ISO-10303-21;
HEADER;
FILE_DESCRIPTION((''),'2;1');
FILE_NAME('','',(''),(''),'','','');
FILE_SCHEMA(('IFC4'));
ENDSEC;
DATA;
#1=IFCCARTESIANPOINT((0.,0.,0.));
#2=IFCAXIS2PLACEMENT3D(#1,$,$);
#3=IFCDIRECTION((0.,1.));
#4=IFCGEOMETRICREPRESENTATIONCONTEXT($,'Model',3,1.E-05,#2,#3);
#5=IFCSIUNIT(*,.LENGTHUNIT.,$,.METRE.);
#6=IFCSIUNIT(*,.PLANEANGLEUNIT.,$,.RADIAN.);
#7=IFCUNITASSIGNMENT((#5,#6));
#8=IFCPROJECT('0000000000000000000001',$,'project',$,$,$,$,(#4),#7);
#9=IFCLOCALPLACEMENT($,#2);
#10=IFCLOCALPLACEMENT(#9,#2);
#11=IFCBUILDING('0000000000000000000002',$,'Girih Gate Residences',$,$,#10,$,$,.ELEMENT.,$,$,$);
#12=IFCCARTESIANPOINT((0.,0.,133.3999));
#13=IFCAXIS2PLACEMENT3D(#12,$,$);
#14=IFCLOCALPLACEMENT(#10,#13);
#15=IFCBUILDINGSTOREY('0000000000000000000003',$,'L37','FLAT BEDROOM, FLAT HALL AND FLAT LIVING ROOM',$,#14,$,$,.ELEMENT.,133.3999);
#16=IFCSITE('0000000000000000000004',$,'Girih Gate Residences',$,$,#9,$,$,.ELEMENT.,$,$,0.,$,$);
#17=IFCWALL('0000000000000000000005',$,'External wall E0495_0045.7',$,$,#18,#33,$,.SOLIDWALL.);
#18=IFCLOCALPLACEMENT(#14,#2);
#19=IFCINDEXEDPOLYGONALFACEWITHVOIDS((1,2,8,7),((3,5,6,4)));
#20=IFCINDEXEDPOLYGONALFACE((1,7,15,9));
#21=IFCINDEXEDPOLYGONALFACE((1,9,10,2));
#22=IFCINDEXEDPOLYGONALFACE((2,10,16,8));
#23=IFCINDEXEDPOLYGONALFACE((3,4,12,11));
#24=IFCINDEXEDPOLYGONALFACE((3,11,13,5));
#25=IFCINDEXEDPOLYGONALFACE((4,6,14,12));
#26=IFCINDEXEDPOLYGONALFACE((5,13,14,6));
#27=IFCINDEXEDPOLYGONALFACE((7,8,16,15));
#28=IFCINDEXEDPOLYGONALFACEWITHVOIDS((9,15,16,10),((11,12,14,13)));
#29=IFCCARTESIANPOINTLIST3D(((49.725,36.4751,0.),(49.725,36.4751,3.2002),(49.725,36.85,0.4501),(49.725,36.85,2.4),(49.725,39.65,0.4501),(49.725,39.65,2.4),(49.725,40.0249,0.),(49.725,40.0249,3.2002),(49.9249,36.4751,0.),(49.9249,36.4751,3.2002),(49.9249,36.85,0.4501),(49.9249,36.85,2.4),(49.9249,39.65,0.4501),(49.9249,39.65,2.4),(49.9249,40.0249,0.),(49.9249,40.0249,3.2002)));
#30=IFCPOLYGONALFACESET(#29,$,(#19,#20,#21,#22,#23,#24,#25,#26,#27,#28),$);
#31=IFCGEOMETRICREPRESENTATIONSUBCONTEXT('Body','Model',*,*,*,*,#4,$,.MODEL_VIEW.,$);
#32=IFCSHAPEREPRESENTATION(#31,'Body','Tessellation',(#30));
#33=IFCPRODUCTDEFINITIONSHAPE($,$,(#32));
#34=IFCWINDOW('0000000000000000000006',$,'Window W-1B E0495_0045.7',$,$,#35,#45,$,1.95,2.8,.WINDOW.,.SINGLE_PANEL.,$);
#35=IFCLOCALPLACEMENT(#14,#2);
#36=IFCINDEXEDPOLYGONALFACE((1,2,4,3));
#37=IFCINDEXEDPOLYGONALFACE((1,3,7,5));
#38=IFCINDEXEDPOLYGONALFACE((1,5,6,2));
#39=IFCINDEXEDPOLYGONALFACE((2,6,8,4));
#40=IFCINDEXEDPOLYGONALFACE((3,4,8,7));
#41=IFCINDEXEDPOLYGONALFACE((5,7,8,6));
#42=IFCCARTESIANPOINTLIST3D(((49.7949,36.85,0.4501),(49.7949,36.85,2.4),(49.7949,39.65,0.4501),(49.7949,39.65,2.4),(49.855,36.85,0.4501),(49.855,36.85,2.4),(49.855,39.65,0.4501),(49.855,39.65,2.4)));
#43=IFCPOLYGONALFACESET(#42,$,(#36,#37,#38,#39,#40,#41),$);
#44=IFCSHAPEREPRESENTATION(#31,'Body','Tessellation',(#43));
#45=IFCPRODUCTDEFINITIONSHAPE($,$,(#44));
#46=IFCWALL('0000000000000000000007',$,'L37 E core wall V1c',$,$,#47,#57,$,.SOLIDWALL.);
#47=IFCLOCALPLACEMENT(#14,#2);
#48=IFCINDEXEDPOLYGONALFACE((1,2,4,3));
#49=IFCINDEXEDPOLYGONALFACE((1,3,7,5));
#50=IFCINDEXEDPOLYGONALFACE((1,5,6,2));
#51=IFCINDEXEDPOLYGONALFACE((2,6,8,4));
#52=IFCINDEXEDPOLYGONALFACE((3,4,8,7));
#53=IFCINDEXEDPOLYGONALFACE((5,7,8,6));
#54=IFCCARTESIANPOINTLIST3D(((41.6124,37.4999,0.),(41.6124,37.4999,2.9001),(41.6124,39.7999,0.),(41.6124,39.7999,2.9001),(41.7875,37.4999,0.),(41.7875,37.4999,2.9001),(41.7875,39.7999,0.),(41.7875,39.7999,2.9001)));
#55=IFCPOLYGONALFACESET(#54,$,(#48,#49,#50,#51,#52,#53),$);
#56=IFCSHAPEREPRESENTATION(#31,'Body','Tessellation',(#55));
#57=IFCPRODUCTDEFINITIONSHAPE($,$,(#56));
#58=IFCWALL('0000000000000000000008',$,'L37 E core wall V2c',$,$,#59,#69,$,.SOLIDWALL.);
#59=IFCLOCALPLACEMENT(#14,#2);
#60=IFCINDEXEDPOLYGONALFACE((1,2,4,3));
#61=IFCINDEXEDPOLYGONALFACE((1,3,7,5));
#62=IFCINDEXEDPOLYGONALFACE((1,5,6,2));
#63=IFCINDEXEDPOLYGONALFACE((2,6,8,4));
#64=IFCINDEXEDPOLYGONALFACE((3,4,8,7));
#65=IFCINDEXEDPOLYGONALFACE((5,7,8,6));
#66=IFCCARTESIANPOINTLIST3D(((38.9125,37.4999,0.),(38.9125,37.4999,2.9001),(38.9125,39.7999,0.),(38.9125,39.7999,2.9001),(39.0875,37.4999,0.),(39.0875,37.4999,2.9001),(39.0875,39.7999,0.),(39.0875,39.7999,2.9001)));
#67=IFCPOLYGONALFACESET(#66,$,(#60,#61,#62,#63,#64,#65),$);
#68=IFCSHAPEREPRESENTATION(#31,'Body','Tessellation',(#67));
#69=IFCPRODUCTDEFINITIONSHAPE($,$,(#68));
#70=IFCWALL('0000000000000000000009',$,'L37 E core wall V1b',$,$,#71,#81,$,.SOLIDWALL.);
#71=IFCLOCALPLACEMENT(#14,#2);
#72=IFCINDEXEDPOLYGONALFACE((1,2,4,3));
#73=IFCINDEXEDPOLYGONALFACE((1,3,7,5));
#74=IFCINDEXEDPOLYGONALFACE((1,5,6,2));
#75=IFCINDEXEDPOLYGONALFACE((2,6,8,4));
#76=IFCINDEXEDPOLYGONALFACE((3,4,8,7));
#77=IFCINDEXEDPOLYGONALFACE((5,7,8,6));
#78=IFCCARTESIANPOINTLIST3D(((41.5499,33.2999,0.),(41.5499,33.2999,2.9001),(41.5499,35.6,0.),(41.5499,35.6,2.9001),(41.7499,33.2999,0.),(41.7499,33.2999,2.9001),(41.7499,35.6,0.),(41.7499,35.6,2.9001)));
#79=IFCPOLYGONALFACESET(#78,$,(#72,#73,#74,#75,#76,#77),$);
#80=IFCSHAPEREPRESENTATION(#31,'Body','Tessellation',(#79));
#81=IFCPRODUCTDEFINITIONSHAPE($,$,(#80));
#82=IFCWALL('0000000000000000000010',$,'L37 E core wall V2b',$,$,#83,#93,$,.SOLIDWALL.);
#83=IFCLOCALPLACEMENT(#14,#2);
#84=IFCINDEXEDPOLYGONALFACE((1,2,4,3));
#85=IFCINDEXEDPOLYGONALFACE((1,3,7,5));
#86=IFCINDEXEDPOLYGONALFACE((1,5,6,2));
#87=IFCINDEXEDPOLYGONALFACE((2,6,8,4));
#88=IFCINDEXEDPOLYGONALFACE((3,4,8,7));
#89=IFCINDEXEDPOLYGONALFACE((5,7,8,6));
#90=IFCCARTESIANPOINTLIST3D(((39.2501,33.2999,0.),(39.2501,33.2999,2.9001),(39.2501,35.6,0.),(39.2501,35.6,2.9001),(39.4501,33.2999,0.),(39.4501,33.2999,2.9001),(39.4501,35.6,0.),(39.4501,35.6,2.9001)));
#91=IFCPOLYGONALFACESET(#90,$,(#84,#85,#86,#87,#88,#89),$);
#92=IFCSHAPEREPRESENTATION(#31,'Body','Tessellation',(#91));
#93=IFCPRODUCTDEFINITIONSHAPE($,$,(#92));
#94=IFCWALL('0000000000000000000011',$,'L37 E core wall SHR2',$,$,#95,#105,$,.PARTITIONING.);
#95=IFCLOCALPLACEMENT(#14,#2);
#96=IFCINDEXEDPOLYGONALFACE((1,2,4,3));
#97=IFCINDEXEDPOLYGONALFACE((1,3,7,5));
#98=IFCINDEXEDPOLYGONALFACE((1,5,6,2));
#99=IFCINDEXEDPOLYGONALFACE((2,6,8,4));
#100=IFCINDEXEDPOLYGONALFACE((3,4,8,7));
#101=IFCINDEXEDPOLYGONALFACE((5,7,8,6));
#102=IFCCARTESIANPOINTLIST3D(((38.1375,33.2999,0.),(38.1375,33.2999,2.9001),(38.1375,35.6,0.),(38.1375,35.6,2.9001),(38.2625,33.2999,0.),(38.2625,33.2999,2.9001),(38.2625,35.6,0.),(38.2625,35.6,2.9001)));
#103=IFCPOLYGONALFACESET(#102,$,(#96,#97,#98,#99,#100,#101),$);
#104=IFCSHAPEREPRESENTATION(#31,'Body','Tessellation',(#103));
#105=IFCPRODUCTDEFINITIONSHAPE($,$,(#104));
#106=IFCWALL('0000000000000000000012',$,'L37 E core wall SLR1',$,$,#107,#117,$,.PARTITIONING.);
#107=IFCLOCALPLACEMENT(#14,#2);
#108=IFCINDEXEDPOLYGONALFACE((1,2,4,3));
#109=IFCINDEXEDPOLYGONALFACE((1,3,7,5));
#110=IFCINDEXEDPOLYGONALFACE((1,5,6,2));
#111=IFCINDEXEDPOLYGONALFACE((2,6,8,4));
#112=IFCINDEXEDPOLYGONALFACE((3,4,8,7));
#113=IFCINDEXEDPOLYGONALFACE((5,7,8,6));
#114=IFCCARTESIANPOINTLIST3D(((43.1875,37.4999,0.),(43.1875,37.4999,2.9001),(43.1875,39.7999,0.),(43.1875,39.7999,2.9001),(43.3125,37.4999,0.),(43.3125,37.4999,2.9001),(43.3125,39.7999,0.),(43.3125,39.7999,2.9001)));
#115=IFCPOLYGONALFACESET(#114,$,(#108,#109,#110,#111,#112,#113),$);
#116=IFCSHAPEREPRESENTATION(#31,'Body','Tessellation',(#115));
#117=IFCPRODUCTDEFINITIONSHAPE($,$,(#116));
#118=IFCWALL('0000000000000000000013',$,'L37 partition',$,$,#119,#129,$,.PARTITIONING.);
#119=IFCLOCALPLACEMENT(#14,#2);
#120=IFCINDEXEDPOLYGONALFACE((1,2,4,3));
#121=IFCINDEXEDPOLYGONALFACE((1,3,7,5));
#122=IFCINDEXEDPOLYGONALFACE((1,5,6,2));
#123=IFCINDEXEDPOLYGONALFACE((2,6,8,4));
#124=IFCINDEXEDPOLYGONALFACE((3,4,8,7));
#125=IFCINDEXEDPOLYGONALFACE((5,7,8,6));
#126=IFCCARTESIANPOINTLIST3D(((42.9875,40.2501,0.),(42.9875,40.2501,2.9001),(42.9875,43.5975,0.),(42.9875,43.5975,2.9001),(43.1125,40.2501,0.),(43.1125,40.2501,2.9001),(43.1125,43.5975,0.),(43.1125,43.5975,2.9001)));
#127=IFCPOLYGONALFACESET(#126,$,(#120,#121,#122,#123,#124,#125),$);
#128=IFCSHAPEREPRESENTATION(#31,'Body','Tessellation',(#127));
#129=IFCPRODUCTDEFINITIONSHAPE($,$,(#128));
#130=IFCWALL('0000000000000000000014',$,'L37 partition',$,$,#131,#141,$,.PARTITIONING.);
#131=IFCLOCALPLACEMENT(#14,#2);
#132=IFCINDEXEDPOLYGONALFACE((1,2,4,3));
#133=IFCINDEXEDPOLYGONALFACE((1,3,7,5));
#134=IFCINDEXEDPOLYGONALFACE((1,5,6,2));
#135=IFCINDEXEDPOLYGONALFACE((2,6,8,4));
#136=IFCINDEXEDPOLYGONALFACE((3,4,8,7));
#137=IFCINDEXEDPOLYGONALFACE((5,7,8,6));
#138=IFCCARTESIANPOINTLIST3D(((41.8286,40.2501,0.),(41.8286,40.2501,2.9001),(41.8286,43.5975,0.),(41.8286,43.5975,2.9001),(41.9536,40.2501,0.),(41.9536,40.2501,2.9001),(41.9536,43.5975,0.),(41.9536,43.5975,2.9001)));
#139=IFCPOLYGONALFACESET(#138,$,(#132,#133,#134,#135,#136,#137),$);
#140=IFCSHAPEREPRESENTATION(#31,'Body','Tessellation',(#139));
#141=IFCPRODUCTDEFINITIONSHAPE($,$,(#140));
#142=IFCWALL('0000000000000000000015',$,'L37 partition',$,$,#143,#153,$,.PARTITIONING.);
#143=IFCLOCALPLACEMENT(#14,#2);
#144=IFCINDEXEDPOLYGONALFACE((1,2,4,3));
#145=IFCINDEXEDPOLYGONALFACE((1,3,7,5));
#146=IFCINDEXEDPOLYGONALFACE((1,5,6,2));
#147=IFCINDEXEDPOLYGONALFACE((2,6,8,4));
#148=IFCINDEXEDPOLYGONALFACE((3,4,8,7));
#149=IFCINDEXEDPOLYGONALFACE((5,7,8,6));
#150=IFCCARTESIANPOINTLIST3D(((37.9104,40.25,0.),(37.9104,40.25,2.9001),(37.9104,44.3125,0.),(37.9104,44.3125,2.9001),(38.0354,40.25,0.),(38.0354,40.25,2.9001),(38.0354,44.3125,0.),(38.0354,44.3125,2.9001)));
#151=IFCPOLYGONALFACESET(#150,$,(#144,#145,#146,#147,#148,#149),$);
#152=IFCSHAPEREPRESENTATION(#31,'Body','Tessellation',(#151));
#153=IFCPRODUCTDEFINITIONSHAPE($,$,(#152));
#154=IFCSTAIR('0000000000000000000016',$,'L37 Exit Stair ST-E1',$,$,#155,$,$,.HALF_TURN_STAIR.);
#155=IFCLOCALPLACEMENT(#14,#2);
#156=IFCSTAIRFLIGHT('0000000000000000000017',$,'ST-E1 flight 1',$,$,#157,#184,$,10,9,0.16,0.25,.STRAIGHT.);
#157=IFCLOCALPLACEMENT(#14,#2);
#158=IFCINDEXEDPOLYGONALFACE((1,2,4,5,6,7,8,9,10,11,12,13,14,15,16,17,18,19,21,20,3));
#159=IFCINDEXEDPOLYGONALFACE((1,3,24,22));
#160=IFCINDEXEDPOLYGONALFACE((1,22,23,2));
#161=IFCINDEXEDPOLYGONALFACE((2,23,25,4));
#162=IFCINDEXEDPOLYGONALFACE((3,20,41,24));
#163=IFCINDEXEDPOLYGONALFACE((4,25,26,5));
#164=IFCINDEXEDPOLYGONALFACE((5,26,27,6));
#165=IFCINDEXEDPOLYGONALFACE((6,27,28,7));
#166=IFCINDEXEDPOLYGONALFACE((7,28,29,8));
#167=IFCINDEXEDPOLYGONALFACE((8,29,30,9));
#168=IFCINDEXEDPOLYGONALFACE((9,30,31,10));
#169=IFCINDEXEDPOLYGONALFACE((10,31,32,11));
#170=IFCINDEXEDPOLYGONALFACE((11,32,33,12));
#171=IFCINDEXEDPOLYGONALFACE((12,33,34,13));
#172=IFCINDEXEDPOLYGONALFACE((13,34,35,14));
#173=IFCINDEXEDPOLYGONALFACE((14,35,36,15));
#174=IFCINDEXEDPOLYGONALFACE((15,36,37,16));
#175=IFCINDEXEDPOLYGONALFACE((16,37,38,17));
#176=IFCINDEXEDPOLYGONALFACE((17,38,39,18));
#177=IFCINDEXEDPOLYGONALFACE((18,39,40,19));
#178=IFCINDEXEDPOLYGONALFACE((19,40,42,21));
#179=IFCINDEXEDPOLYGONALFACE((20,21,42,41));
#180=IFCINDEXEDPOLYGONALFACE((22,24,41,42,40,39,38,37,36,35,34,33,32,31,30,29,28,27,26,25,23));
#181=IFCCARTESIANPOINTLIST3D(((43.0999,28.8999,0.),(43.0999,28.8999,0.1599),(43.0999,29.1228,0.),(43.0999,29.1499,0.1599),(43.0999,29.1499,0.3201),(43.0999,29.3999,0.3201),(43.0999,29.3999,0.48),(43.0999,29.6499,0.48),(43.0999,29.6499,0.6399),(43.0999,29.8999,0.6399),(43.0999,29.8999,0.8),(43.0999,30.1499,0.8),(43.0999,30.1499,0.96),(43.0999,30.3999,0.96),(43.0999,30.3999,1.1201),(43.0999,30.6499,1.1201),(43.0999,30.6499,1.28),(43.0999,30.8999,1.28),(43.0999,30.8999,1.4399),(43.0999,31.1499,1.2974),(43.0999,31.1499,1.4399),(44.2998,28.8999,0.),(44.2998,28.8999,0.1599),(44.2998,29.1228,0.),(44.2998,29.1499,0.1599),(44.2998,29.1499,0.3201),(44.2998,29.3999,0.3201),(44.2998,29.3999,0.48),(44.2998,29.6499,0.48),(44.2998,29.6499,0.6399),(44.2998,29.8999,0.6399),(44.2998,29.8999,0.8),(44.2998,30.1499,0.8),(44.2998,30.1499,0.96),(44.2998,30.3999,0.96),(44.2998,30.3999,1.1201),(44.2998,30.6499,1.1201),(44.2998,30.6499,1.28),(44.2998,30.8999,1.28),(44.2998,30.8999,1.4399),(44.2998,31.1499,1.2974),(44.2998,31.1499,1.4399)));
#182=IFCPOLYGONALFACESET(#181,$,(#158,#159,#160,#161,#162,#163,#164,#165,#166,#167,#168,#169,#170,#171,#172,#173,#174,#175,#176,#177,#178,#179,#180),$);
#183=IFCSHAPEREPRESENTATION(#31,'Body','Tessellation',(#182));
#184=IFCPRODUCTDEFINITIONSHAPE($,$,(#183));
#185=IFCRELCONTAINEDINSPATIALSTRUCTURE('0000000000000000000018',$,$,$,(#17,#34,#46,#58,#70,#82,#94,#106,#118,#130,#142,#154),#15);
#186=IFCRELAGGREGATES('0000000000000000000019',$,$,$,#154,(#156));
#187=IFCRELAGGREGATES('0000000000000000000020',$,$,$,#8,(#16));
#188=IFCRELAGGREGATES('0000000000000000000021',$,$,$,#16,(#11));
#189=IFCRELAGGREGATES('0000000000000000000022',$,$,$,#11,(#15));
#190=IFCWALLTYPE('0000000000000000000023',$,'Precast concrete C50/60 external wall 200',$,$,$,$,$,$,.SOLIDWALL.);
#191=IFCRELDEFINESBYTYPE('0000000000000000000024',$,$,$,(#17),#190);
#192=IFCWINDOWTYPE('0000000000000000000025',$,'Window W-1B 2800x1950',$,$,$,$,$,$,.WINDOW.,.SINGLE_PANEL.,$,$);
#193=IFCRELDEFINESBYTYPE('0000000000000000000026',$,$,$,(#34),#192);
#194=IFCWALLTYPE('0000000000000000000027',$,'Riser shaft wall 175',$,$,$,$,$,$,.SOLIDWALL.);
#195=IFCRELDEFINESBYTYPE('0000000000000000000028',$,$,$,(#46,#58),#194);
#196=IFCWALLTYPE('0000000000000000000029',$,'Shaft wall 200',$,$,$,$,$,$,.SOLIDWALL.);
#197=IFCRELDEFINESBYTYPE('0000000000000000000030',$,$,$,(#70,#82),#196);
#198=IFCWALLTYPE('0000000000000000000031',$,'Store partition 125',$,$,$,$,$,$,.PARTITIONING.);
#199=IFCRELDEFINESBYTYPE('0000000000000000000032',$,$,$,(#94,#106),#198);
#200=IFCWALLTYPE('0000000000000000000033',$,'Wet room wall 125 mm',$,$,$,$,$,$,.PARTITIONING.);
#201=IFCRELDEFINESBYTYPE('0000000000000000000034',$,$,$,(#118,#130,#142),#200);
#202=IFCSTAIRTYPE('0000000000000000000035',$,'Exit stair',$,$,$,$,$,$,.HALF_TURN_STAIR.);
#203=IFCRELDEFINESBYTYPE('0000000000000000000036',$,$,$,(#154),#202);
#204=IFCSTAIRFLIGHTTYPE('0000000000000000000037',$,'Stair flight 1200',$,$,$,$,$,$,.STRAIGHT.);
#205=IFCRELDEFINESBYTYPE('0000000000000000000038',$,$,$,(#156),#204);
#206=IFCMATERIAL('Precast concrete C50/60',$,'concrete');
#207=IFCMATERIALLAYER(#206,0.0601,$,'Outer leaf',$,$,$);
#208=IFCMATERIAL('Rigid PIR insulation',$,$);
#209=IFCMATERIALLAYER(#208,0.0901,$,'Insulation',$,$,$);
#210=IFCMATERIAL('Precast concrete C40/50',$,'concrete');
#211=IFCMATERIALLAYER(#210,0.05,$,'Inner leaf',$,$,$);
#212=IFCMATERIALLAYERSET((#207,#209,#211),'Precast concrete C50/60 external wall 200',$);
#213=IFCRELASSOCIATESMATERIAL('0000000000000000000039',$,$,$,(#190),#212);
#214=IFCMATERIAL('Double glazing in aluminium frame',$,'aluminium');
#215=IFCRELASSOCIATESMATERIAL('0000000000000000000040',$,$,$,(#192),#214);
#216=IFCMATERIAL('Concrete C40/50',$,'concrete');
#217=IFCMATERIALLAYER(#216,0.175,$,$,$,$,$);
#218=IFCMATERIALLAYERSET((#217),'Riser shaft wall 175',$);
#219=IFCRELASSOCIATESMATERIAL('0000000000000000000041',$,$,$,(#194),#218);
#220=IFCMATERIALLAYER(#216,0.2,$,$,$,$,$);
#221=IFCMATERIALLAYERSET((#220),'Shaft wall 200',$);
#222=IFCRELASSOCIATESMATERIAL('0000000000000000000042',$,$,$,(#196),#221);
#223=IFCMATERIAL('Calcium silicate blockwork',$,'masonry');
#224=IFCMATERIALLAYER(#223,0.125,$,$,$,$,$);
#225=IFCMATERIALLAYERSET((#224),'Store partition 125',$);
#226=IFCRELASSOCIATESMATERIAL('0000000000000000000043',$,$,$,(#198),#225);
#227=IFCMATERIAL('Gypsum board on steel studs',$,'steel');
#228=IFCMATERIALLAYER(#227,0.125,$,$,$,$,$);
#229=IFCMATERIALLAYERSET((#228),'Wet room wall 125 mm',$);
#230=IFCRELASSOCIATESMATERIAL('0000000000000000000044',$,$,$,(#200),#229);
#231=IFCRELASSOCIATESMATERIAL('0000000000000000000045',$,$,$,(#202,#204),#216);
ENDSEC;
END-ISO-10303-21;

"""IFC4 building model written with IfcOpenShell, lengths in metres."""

from ifc_helpers import new_model, si_unit, direction, frame, frame_2d, origin, place, context, subcontext, project, spatial, polyline, rectangle, outline, extrude, material, layer, layer_set, type_object, element, fill, aggregate, save


model = new_model("IFC4")

# Units and contexts
model_context = context("Model", 3, precision=1e-05, world=origin(), true_north=direction((0.0, 1.0)))
body_context = subcontext(model_context, "Body", "Model", "MODEL_VIEW")
ifc_project = project(units=[si_unit("LENGTHUNIT", "METRE"), si_unit("PLANEANGLEUNIT", "RADIAN")], contexts=[model_context])

# Site, building, storey
site_placement = place(None, origin())
site = spatial("IfcSite", under=ifc_project, at=site_placement, Name="Girih Gate Residences", CompositionType="ELEMENT", RefElevation=0.0)
building_placement = place(site_placement, origin())
building = spatial("IfcBuilding", under=site, at=building_placement, Name="Girih Gate Residences", CompositionType="ELEMENT")
storey_placement = place(building_placement, frame((0.0, 0.0, 133.3999)))
storey = spatial("IfcBuildingStorey", under=building, at=storey_placement, Name="L37", Description="FLAT BEDROOM, FLAT HALL AND FLAT LIVING ROOM", CompositionType="ELEMENT", Elevation=133.3999)

# Shared definitions
ifc_material_1 = material(Name="Gypsum board on steel studs", Category="steel")

# Wall, opening, window
ifc_material_2 = material(Name="Precast concrete C50/60", Category="concrete")
ifc_layer_1 = layer(ifc_material_2, 0.0601, Name="Outer leaf")
ifc_material_3 = material(Name="Rigid PIR insulation")
ifc_layer_2 = layer(ifc_material_3, 0.0901, Name="Insulation")
ifc_material_4 = material(Name="Precast concrete C40/50", Category="concrete")
ifc_layer_3 = layer(ifc_material_4, 0.05, Name="Inner leaf")
ifc_layer_set_1 = layer_set([ifc_layer_1, ifc_layer_2, ifc_layer_3], Name="Precast concrete C50/60 external wall 200")
wall_type_1 = type_object("IfcWallType", Name="Precast concrete C50/60 external wall 200", PredefinedType="SOLIDWALL", material=ifc_layer_set_1)
ifc_material_5 = material(Name="Double glazing in aluminium frame", Category="aluminium")
window_type = type_object("IfcWindowType", Name="Window W-1B 2800x1950", PartitioningType="SINGLE_PANEL", PredefinedType="WINDOW", material=ifc_material_5)
wall_1_placement = place(storey_placement, frame((49.825, 40.0249, 0.0), z_axis=(0.0, 0.0, 1.0), x_axis=(0.0, -1.0, 0.0)))
wall_1 = element("IfcWall", 1, at=wall_1_placement, inside=storey, type_object=wall_type_1, Name="External wall E0495_0045.7", PredefinedType="SOLIDWALL", context=body_context, shape_type="SweptSolid", body=[
    extrude(rectangle(XDim=3.5498, YDim=0.2, at=frame_2d((1.7749, 0.0))), origin(), (0.0, 0.0, 1.0), 3.2002),
])
opening_1_placement = place(wall_1_placement, frame((0.375, 0.0, 0.45)))
opening_1 = element("IfcOpeningElement", 2, at=opening_1_placement, cuts=wall_1, PredefinedType="OPENING", context=body_context, shape_type="SweptSolid", body=[
    extrude(rectangle(XDim=2.8, YDim=1.95, at=frame_2d((1.3999, 0.9751))), frame((0.0, 0.1099, 0.0), z_axis=(0.0, -1.0, 0.0), x_axis=(1.0, 0.0, 0.0)), (0.0, 0.0, 1.0), 0.22),
])
window_1_placement = place(opening_1_placement, origin())
window_1 = element("IfcWindow", 3, at=window_1_placement, inside=storey, type_object=window_type, Name="Window W-1B E0495_0045.7", OverallHeight=1.95, OverallWidth=2.8, PartitioningType="SINGLE_PANEL", PredefinedType="WINDOW", context=body_context, shape_type="SweptSolid", body=[
    extrude(rectangle(XDim=2.8, YDim=1.95, at=frame_2d((1.3999, 0.9751))), frame((0.0, 0.03, 0.0), z_axis=(0.0, -1.0, 0.0), x_axis=(1.0, 0.0, 0.0)), (0.0, 0.0, 1.0), 0.0601),
])
fill(opening_1, window_1)

# Walls
ifc_material_6 = material(Name="Concrete C40/50", Category="concrete")
ifc_layer_4 = layer(ifc_material_6, 0.175)
ifc_layer_set_2 = layer_set([ifc_layer_4], Name="Riser shaft wall 175")
wall_type_2 = type_object("IfcWallType", Name="Riser shaft wall 175", PredefinedType="SOLIDWALL", material=ifc_layer_set_2)
for number, where, z_axis, x_axis, name in (
    (4, (41.7, 37.5, 0.0), (0.0, 0.0, 1.0), (0.0, 1.0, 0.0), "L37 E core wall V1c"),
    (5, (39.0, 37.5, 0.0), (0.0, 0.0, 1.0), (0.0, 1.0, 0.0), "L37 E core wall V2c"),
):
    element("IfcWall", number, at=place(storey_placement, frame(where, z_axis=z_axis, x_axis=x_axis)), inside=storey, type_object=wall_type_2, Name=name, PredefinedType="SOLIDWALL", context=body_context, shape_type="SweptSolid", body=[
        extrude(rectangle(XDim=2.3, YDim=0.175, at=frame_2d((1.1499, 0.0))), origin(), (0.0, 0.0, 1.0), 2.9001),
    ])
ifc_layer_5 = layer(ifc_material_6, 0.2)
ifc_layer_set_3 = layer_set([ifc_layer_5], Name="Shaft wall 200")
wall_type_3 = type_object("IfcWallType", Name="Shaft wall 200", PredefinedType="SOLIDWALL", material=ifc_layer_set_3)
for number, where, z_axis, x_axis, name in (
    (6, (41.6499, 33.3, 0.0), (0.0, 0.0, 1.0), (0.0, 1.0, 0.0), "L37 E core wall V1b"),
    (7, (39.3501, 33.3, 0.0), (0.0, 0.0, 1.0), (0.0, 1.0, 0.0), "L37 E core wall V2b"),
):
    element("IfcWall", number, at=place(storey_placement, frame(where, z_axis=z_axis, x_axis=x_axis)), inside=storey, type_object=wall_type_3, Name=name, PredefinedType="SOLIDWALL", context=body_context, shape_type="SweptSolid", body=[
        extrude(rectangle(XDim=2.3, YDim=0.2, at=frame_2d((1.1499, 0.0))), origin(), (0.0, 0.0, 1.0), 2.9001),
    ])
ifc_material_7 = material(Name="Calcium silicate blockwork", Category="masonry")
ifc_layer_6 = layer(ifc_material_7, 0.125)
ifc_layer_set_4 = layer_set([ifc_layer_6], Name="Store partition 125")
wall_type_4 = type_object("IfcWallType", Name="Store partition 125", PredefinedType="PARTITIONING", material=ifc_layer_set_4)
for number, where, z_axis, x_axis, name in (
    (8, (38.2, 33.3, 0.0), (0.0, 0.0, 1.0), (0.0, 1.0, 0.0), "L37 E core wall SHR2"),
    (9, (43.25, 37.5, 0.0), (0.0, 0.0, 1.0), (0.0, 1.0, 0.0), "L37 E core wall SLR1"),
):
    element("IfcWall", number, at=place(storey_placement, frame(where, z_axis=z_axis, x_axis=x_axis)), inside=storey, type_object=wall_type_4, Name=name, PredefinedType="PARTITIONING", context=body_context, shape_type="SweptSolid", body=[
        extrude(rectangle(XDim=2.3, YDim=0.125, at=frame_2d((1.1499, 0.0))), origin(), (0.0, 0.0, 1.0), 2.9001),
    ])
ifc_layer_7 = layer(ifc_material_1, 0.125)
ifc_layer_set_5 = layer_set([ifc_layer_7], Name="Wet room wall 125 mm")
wall_type_5 = type_object("IfcWallType", Name="Wet room wall 125 mm", PredefinedType="PARTITIONING", material=ifc_layer_set_5)
for number, where, z_axis, x_axis, name in (
    (10, (43.05, 40.25, 0.0), (0.0, 0.0, 1.0), (0.0, 1.0, 0.0), "L37 partition"),
    (11, (41.8911, 40.25, 0.0), (0.0, 0.0, 1.0), (0.0, 1.0, 0.0), "L37 partition"),
):
    element("IfcWall", number, at=place(storey_placement, frame(where, z_axis=z_axis, x_axis=x_axis)), inside=storey, type_object=wall_type_5, Name=name, PredefinedType="PARTITIONING", context=body_context, shape_type="SweptSolid", body=[
        extrude(rectangle(XDim=3.3474, YDim=0.125, at=frame_2d((1.6738, 0.0))), origin(), (0.0, 0.0, 1.0), 2.9001),
    ])
wall_2_placement = place(storey_placement, frame((37.9729, 40.25, 0.0), z_axis=(0.0, 0.0, 1.0), x_axis=(0.0, 1.0, 0.0)))
element("IfcWall", 12, at=wall_2_placement, inside=storey, type_object=wall_type_5, Name="L37 partition", PredefinedType="PARTITIONING", context=body_context, shape_type="SweptSolid", body=[
    extrude(rectangle(XDim=4.0625, YDim=0.125, at=frame_2d((2.0312, 0.0))), origin(), (0.0, 0.0, 1.0), 2.9001),
])

# Stair, stair flight
stair_type = type_object("IfcStairType", Name="Exit stair", PredefinedType="HALF_TURN_STAIR", material=ifc_material_6)
stair_placement = place(storey_placement, origin())
stair = element("IfcStair", 13, at=stair_placement, inside=storey, type_object=stair_type, Name="L37 Exit Stair ST-E1", PredefinedType="HALF_TURN_STAIR")
stair_flight_type = type_object("IfcStairFlightType", Name="Stair flight 1200", PredefinedType="STRAIGHT", material=ifc_material_6)
stair_flight_1_placement = place(storey_placement, frame((43.7, 28.8999, 0.0), z_axis=(0.0, 0.0, 1.0), x_axis=(0.0, 1.0, 0.0)))
stair_flight_1 = element("IfcStairFlight", 14, at=stair_flight_1_placement, type_object=stair_flight_type, Name="ST-E1 flight 1", NumberOfRisers=10, NumberOfTreads=9, PredefinedType="STRAIGHT", RiserHeight=0.16, TreadLength=0.25, context=body_context, shape_type="SweptSolid", body=[
    extrude(outline(polyline([(0.0, 0.0), (0.0, 0.1599), (0.25, 0.1599), (0.25, 0.3201), (0.5, 0.3201), (0.5, 0.48), (0.75, 0.48), (0.75, 0.6399), (1.0, 0.6399), (1.0, 0.8), (1.25, 0.8), (1.25, 0.96), (1.5, 0.96), (1.5, 1.1201), (1.75, 1.1201), (1.75, 1.28), (2.0, 1.28), (2.0, 1.4399), (2.25, 1.4399), (2.25, 1.6001), (2.25, 1.2974), (0.2229, 0.0), (0.0, 0.0)])), frame((0.0, 0.6001, 0.0), z_axis=(0.0, -1.0, 0.0), x_axis=(1.0, 0.0, 0.0)), (0.0, 0.0, 1.0), 1.2),
])
aggregate(stair, [stair_flight_1])

save(model, "model.ifc")
